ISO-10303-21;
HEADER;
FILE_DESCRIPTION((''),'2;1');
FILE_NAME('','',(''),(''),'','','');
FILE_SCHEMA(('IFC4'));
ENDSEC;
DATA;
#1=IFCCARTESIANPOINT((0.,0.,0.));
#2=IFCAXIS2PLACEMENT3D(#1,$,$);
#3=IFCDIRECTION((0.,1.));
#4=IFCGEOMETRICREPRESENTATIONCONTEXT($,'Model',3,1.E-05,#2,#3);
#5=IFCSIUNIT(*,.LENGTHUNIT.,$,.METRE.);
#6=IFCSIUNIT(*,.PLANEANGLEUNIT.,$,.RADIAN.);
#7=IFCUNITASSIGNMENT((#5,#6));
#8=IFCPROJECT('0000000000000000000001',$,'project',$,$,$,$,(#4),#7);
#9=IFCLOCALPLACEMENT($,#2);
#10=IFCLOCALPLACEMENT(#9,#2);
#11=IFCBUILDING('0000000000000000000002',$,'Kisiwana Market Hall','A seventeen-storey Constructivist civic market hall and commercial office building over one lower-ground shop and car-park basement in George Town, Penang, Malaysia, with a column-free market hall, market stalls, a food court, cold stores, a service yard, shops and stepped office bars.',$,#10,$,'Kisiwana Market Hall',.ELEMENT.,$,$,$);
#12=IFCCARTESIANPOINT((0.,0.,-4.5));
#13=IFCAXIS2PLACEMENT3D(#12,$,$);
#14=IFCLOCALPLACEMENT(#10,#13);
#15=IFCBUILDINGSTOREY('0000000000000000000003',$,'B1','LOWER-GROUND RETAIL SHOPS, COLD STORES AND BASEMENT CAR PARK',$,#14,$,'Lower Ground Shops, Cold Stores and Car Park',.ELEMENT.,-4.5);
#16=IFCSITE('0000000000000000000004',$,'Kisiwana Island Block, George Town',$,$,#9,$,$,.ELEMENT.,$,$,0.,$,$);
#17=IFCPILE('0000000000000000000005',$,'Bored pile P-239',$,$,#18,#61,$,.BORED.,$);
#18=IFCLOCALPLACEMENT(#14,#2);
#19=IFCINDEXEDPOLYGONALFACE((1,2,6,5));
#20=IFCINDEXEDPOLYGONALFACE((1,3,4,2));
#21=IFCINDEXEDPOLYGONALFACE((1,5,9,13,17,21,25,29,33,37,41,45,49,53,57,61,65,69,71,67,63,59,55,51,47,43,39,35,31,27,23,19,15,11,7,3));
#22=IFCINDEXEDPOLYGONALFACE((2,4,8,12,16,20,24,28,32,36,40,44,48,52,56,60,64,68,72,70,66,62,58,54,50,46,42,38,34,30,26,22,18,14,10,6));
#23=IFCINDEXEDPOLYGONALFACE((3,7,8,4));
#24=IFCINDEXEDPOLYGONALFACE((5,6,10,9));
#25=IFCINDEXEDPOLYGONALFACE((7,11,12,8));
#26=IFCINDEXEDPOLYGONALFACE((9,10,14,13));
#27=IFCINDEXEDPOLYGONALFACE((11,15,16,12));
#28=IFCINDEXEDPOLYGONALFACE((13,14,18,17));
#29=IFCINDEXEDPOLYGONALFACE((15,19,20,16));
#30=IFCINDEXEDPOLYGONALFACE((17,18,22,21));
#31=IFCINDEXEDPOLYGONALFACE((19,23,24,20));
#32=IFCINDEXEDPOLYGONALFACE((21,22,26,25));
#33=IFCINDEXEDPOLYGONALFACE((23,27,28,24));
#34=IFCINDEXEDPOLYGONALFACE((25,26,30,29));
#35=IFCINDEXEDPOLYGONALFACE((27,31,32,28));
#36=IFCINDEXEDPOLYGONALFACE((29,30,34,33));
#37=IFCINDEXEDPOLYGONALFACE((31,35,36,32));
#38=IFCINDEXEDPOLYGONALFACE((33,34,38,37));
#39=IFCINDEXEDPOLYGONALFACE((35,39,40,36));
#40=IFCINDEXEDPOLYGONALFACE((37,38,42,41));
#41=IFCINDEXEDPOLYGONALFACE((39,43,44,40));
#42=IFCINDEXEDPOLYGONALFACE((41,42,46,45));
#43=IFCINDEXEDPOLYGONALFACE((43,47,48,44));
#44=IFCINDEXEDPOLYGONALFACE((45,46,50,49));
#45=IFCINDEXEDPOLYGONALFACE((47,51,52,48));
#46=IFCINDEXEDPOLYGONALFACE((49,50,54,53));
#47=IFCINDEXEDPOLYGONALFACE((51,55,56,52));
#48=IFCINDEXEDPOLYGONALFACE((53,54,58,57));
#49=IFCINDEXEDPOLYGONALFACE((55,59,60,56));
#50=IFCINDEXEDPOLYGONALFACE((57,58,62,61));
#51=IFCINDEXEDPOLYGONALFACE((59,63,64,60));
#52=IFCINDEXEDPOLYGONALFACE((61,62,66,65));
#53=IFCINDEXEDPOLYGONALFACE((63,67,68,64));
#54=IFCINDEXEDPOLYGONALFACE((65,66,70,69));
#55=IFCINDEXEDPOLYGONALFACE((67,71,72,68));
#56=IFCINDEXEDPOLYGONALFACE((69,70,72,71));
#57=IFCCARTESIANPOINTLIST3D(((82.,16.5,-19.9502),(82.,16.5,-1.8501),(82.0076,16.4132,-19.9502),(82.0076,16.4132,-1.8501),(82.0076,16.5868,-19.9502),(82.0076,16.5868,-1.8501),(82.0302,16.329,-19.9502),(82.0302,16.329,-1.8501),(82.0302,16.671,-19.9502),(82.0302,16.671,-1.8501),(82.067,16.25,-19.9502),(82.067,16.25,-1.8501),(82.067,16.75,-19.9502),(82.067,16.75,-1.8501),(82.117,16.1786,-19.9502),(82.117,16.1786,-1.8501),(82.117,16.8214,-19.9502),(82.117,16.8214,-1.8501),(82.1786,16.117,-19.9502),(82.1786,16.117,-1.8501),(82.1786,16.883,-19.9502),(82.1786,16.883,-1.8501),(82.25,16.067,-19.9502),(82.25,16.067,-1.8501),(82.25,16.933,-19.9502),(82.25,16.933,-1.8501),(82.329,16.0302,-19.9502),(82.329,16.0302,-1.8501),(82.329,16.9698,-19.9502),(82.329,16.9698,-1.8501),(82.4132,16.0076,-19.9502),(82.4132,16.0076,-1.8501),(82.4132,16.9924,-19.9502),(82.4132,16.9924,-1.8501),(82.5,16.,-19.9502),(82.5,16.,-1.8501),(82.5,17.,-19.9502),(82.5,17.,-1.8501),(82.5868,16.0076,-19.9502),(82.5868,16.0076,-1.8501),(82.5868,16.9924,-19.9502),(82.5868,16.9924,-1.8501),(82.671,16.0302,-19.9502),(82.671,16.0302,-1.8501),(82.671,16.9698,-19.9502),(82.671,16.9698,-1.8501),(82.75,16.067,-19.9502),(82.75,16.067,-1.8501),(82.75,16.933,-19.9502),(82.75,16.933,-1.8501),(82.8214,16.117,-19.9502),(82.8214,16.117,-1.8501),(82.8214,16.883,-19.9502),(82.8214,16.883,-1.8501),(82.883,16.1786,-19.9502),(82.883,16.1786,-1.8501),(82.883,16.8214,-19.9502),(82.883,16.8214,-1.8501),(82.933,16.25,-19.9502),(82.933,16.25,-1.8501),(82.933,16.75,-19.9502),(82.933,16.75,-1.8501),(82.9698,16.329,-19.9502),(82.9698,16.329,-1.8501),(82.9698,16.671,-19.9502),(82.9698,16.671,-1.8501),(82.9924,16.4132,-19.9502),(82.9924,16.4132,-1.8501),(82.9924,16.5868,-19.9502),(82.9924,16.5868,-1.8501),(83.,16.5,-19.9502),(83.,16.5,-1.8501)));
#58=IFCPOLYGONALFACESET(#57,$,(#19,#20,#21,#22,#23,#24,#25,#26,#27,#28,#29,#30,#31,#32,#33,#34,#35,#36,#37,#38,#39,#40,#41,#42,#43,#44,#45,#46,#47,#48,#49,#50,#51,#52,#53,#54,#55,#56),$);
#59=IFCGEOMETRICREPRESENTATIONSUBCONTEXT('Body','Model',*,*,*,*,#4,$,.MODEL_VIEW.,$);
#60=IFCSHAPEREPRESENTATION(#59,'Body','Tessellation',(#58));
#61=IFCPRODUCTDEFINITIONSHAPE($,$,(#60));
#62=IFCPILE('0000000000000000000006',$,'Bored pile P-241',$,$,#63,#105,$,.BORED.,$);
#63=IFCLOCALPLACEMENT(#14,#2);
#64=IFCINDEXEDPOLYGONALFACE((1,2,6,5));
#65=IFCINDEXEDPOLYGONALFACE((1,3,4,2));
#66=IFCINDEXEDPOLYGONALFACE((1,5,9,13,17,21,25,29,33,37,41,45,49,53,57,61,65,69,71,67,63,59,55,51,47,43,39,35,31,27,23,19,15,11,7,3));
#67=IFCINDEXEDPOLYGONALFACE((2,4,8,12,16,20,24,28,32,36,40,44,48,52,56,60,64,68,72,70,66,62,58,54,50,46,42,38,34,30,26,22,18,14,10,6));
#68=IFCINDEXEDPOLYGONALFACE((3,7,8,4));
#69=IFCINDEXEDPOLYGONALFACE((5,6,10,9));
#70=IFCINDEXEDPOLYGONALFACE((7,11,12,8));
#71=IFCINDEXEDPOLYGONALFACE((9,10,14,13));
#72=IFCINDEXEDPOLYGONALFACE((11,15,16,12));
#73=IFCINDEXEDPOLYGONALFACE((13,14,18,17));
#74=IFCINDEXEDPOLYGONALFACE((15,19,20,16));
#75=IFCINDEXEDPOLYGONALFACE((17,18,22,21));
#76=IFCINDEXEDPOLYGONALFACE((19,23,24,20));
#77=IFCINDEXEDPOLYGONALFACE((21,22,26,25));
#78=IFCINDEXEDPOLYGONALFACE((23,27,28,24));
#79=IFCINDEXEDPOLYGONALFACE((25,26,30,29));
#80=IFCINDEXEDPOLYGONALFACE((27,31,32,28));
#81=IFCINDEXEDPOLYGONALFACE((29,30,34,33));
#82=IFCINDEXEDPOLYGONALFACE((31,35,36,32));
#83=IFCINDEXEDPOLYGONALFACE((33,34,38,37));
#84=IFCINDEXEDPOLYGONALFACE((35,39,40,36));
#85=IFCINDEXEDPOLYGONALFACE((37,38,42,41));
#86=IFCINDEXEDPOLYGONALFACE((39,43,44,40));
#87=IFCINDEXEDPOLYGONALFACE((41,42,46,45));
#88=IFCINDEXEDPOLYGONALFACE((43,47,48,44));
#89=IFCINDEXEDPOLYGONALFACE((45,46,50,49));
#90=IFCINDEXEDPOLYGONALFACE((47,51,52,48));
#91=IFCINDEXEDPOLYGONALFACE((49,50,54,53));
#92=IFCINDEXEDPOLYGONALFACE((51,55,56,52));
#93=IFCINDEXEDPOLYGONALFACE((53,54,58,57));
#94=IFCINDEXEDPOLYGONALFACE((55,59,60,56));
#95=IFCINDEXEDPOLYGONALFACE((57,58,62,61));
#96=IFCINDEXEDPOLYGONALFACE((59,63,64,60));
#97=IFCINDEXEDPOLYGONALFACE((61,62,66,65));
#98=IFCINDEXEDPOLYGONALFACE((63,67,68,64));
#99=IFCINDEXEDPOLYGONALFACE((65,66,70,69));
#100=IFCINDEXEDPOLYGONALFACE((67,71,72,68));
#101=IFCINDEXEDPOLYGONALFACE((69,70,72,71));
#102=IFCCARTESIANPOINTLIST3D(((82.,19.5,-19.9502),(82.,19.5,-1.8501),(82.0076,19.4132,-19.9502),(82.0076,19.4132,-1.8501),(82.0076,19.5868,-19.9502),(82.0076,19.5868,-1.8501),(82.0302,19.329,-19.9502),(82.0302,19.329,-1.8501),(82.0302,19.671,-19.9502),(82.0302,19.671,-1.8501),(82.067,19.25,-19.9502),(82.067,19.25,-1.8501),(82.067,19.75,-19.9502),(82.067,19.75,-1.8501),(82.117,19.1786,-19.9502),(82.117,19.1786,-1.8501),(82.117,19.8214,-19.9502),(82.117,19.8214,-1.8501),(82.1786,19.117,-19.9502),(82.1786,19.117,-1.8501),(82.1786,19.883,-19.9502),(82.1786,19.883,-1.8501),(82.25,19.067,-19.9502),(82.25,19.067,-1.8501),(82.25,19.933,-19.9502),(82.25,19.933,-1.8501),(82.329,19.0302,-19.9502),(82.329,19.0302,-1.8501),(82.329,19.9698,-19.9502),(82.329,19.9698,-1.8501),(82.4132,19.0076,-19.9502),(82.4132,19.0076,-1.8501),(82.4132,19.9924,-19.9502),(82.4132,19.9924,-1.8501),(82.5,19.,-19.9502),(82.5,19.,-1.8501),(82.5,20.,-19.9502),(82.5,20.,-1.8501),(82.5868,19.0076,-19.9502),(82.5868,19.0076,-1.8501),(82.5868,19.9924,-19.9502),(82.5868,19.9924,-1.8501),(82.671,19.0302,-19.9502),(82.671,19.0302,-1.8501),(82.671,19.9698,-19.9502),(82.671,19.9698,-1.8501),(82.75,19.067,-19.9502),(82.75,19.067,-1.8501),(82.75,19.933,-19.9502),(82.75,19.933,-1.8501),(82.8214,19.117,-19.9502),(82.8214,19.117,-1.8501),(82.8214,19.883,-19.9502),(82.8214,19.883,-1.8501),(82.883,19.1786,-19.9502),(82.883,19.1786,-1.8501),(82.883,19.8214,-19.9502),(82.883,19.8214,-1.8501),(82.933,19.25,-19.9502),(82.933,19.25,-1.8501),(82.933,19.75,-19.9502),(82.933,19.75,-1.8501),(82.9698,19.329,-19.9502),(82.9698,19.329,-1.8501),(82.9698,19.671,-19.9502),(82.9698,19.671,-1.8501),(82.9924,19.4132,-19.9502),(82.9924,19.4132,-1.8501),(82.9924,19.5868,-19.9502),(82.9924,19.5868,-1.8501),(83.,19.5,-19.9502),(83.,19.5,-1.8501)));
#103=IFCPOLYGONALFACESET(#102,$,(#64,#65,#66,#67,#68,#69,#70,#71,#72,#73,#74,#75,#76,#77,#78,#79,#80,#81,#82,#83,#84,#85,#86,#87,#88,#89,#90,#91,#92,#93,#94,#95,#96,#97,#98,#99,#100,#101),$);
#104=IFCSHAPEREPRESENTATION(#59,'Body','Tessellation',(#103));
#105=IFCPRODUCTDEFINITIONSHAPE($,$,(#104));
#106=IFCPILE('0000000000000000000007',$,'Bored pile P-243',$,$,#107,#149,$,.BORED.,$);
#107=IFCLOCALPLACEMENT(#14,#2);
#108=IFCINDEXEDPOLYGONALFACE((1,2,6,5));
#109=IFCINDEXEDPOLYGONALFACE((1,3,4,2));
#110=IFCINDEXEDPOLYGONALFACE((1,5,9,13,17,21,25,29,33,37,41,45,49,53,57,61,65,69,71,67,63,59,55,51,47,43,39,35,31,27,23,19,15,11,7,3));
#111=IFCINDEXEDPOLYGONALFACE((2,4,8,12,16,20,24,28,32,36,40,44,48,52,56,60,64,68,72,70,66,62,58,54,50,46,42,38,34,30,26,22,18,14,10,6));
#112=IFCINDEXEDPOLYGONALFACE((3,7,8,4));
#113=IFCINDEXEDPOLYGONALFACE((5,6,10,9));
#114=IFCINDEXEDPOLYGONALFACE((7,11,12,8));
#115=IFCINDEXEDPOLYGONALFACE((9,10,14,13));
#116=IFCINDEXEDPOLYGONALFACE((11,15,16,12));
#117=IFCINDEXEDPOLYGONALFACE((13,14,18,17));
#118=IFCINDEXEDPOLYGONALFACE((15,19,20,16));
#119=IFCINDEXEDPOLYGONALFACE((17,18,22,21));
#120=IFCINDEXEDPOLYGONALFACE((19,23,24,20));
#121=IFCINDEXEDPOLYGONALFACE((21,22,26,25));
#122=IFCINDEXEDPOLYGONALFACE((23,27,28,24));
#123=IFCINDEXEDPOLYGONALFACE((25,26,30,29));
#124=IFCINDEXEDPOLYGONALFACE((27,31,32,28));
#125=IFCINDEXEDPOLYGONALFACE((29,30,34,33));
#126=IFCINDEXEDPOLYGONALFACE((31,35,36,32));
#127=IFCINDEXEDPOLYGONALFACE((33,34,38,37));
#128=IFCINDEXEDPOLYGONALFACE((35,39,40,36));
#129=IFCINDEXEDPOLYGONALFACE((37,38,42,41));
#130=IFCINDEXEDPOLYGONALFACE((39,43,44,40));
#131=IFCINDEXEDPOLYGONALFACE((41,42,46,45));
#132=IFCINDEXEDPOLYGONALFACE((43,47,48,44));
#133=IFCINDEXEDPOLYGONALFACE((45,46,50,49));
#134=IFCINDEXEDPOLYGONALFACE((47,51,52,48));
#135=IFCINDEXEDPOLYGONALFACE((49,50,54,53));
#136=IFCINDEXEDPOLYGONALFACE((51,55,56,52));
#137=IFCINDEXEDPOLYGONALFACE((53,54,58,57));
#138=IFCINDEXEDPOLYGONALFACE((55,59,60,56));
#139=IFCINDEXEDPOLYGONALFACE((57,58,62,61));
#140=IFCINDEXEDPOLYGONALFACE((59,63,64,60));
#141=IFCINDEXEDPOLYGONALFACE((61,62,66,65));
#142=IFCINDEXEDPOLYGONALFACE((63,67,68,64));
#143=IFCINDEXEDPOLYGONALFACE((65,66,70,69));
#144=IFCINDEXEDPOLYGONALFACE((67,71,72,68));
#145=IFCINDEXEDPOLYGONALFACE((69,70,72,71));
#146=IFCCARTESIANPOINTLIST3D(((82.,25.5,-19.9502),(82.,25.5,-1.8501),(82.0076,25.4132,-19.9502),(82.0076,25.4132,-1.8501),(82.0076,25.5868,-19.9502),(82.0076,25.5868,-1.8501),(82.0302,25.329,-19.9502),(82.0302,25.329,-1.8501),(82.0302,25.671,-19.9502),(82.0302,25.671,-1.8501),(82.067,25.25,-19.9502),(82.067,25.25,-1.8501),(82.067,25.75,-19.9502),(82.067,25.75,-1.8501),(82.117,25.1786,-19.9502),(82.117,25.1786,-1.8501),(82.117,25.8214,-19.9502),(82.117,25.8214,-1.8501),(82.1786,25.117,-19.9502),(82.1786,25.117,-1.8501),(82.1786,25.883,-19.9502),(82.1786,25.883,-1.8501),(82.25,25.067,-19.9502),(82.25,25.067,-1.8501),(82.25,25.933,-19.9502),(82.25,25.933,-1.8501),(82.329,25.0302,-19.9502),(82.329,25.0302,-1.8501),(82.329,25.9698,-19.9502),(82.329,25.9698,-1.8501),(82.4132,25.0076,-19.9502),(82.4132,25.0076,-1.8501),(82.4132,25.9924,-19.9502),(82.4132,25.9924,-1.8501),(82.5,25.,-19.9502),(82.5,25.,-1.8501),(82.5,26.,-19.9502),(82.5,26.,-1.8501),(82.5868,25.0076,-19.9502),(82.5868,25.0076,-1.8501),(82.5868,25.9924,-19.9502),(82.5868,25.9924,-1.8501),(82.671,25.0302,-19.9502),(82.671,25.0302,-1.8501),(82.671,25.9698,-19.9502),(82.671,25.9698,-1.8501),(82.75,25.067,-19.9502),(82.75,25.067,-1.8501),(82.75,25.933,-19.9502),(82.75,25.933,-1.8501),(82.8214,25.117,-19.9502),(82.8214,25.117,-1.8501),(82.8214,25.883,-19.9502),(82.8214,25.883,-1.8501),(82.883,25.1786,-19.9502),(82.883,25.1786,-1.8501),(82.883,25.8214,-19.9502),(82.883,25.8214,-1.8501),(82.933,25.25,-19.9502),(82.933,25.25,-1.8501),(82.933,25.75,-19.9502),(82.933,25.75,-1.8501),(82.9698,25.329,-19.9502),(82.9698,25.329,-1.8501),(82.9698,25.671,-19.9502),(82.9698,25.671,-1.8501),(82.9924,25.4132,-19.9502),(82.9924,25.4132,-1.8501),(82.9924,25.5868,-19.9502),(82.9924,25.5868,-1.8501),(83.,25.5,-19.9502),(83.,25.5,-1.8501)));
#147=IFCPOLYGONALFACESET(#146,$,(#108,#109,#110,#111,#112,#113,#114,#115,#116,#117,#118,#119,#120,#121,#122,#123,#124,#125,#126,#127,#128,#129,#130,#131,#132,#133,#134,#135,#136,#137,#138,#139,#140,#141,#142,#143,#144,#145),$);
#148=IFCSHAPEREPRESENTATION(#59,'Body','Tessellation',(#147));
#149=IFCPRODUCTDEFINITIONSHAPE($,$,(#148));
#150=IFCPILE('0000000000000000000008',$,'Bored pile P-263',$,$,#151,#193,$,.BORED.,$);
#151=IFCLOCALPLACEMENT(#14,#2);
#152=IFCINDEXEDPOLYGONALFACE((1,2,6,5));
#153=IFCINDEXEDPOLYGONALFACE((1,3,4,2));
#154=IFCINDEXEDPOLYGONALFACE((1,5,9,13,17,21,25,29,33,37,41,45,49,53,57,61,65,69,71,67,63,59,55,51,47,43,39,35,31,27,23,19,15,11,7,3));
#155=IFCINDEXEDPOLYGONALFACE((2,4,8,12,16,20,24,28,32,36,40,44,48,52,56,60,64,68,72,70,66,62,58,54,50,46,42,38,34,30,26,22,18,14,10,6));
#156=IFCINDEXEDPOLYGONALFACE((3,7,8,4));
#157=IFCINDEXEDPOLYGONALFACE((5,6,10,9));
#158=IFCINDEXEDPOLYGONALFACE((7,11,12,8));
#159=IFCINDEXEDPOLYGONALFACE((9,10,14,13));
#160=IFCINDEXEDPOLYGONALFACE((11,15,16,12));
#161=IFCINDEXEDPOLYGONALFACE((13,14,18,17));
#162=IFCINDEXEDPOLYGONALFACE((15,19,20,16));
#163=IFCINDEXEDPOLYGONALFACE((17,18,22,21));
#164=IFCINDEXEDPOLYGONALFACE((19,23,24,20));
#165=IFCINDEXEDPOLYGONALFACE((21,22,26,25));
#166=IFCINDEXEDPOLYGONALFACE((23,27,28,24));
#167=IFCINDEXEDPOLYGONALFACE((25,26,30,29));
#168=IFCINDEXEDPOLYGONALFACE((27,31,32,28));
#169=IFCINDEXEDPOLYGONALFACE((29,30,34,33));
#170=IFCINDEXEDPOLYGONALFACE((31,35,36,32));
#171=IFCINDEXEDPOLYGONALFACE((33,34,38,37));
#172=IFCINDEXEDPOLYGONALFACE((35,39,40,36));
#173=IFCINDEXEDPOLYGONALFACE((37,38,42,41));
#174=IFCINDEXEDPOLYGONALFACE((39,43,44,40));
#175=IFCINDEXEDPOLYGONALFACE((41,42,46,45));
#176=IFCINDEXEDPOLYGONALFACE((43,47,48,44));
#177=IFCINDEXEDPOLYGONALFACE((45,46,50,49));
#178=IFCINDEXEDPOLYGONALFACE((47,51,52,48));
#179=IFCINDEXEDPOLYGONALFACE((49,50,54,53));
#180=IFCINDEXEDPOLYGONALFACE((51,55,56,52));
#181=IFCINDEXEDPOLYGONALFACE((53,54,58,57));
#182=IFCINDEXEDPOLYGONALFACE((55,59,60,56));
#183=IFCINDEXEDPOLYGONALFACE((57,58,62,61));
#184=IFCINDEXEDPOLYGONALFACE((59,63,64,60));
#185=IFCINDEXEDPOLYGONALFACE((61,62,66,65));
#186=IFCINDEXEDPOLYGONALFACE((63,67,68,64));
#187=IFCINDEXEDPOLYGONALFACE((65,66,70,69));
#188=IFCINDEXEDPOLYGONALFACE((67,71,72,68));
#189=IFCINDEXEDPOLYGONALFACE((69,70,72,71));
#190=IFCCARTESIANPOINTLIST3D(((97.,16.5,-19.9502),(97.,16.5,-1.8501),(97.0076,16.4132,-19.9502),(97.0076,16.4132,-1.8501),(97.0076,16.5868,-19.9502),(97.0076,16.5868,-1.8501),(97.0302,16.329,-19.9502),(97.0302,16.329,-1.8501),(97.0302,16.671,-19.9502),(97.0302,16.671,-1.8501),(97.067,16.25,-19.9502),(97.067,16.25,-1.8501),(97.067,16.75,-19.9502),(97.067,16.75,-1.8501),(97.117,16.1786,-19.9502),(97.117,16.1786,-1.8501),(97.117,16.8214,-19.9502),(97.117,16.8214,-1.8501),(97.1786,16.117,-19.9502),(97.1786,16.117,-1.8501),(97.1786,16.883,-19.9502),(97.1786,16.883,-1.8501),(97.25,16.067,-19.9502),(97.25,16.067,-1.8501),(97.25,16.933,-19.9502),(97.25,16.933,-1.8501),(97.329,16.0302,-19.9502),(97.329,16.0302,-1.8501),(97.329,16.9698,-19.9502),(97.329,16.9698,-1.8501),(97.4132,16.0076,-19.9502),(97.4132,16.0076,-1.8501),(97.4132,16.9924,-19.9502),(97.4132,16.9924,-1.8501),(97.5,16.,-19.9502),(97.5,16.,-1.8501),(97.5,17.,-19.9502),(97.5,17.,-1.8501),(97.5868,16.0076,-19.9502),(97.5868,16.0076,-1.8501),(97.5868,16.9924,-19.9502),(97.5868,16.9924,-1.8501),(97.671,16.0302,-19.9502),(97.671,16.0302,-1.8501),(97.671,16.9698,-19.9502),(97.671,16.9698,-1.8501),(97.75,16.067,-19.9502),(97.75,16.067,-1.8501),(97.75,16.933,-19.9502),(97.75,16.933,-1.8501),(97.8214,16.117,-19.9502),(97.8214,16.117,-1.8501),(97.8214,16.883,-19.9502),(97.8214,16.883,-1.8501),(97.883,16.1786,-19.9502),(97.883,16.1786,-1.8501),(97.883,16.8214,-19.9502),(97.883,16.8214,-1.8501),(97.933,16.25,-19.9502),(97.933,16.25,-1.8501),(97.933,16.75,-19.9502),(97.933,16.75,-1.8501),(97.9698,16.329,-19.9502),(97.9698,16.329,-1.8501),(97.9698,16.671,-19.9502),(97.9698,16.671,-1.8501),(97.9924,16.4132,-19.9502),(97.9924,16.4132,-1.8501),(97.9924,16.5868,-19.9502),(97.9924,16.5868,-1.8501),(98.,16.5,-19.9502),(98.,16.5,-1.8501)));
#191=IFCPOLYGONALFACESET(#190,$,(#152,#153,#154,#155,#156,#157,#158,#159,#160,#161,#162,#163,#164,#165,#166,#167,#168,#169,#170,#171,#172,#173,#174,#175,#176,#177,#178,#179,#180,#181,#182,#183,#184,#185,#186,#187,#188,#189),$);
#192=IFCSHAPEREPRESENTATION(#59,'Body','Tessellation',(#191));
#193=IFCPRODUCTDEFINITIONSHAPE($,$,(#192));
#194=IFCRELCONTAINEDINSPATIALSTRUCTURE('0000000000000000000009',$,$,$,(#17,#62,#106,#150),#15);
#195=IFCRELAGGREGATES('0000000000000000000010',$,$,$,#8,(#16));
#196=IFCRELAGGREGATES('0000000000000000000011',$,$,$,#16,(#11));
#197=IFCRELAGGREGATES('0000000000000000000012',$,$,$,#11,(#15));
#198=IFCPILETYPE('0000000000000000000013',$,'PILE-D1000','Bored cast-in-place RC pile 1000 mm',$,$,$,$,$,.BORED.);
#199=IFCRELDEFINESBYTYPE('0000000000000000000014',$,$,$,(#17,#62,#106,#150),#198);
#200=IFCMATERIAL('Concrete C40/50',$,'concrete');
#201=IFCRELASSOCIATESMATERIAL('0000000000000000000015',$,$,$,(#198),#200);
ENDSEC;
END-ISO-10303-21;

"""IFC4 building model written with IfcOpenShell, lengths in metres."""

from ifc_helpers import new_model, si_unit, direction, frame, origin, origin_2d, place, context, subcontext, project, spatial, circle, extrude, material, material_profile, profile_set, type_object, element, save


model = new_model("IFC4")

# Units and contexts
model_context = context("Model", 3, precision=1e-05, world=origin(), true_north=direction((0.0, 1.0)))
body_context = subcontext(model_context, "Body", "Model", "MODEL_VIEW")
ifc_project = project(units=[si_unit("LENGTHUNIT", "METRE"), si_unit("PLANEANGLEUNIT", "RADIAN")], contexts=[model_context])

# Site, building, storey
site_placement = place(None, origin())
site = spatial("IfcSite", under=ifc_project, at=site_placement, Name="Kisiwana Island Block, George Town", CompositionType="ELEMENT", RefElevation=0.0)
building_placement = place(site_placement, origin())
building = spatial("IfcBuilding", under=site, at=building_placement, Name="Kisiwana Market Hall", Description="A seventeen-storey Constructivist civic market hall and commercial office building over one lower-ground shop and car-park basement in George Town, Penang, Malaysia, with a column-free market hall, market stalls, a food court, cold stores, a service yard, shops and stepped office bars.", LongName="Kisiwana Market Hall", CompositionType="ELEMENT")
storey_placement = place(building_placement, frame((0.0, 0.0, -4.5)))
storey = spatial("IfcBuildingStorey", under=building, at=storey_placement, Name="B1", Description="LOWER-GROUND RETAIL SHOPS, COLD STORES AND BASEMENT CAR PARK", LongName="Lower Ground Shops, Cold Stores and Car Park", CompositionType="ELEMENT", Elevation=-4.5)

# Piles
ifc_material_1 = material(Name="Concrete C40/50", Category="concrete")
ifc_material_profile_1 = material_profile(ifc_material_1, circle(Radius=0.5, at=origin_2d()), Name="BP D1000")
ifc_profile_set_1 = profile_set([ifc_material_profile_1], Name="Concrete C40/50")
pile_type_1 = type_object("IfcPileType", Name="PILE-D1000", Description="Bored cast-in-place RC pile 1000 mm", PredefinedType="BORED", material=ifc_profile_set_1)
for number, where, z_axis, x_axis, name in (
    (1, (82.5, 16.5, -1.8501), (0.0, 0.0, -1.0), (1.0, 0.0, 0.0), "Bored pile P-239"),
    (2, (82.5, 19.5, -1.8501), (0.0, 0.0, -1.0), (1.0, 0.0, 0.0), "Bored pile P-241"),
    (3, (82.5, 25.5, -1.8501), (0.0, 0.0, -1.0), (1.0, 0.0, 0.0), "Bored pile P-243"),
    (4, (97.5, 16.5, -1.8501), (0.0, 0.0, -1.0), (1.0, 0.0, 0.0), "Bored pile P-263"),
):
    element("IfcPile", number, at=place(storey_placement, frame(where, z_axis=z_axis, x_axis=x_axis)), inside=storey, type_object=pile_type_1, Name=name, PredefinedType="BORED", context=body_context, shape_type="SweptSolid", body=[
        extrude(circle(Radius=0.5, at=origin_2d()), origin(), (0.0, 0.0, 1.0), 18.1001),
    ])

save(model, "model.ifc")
